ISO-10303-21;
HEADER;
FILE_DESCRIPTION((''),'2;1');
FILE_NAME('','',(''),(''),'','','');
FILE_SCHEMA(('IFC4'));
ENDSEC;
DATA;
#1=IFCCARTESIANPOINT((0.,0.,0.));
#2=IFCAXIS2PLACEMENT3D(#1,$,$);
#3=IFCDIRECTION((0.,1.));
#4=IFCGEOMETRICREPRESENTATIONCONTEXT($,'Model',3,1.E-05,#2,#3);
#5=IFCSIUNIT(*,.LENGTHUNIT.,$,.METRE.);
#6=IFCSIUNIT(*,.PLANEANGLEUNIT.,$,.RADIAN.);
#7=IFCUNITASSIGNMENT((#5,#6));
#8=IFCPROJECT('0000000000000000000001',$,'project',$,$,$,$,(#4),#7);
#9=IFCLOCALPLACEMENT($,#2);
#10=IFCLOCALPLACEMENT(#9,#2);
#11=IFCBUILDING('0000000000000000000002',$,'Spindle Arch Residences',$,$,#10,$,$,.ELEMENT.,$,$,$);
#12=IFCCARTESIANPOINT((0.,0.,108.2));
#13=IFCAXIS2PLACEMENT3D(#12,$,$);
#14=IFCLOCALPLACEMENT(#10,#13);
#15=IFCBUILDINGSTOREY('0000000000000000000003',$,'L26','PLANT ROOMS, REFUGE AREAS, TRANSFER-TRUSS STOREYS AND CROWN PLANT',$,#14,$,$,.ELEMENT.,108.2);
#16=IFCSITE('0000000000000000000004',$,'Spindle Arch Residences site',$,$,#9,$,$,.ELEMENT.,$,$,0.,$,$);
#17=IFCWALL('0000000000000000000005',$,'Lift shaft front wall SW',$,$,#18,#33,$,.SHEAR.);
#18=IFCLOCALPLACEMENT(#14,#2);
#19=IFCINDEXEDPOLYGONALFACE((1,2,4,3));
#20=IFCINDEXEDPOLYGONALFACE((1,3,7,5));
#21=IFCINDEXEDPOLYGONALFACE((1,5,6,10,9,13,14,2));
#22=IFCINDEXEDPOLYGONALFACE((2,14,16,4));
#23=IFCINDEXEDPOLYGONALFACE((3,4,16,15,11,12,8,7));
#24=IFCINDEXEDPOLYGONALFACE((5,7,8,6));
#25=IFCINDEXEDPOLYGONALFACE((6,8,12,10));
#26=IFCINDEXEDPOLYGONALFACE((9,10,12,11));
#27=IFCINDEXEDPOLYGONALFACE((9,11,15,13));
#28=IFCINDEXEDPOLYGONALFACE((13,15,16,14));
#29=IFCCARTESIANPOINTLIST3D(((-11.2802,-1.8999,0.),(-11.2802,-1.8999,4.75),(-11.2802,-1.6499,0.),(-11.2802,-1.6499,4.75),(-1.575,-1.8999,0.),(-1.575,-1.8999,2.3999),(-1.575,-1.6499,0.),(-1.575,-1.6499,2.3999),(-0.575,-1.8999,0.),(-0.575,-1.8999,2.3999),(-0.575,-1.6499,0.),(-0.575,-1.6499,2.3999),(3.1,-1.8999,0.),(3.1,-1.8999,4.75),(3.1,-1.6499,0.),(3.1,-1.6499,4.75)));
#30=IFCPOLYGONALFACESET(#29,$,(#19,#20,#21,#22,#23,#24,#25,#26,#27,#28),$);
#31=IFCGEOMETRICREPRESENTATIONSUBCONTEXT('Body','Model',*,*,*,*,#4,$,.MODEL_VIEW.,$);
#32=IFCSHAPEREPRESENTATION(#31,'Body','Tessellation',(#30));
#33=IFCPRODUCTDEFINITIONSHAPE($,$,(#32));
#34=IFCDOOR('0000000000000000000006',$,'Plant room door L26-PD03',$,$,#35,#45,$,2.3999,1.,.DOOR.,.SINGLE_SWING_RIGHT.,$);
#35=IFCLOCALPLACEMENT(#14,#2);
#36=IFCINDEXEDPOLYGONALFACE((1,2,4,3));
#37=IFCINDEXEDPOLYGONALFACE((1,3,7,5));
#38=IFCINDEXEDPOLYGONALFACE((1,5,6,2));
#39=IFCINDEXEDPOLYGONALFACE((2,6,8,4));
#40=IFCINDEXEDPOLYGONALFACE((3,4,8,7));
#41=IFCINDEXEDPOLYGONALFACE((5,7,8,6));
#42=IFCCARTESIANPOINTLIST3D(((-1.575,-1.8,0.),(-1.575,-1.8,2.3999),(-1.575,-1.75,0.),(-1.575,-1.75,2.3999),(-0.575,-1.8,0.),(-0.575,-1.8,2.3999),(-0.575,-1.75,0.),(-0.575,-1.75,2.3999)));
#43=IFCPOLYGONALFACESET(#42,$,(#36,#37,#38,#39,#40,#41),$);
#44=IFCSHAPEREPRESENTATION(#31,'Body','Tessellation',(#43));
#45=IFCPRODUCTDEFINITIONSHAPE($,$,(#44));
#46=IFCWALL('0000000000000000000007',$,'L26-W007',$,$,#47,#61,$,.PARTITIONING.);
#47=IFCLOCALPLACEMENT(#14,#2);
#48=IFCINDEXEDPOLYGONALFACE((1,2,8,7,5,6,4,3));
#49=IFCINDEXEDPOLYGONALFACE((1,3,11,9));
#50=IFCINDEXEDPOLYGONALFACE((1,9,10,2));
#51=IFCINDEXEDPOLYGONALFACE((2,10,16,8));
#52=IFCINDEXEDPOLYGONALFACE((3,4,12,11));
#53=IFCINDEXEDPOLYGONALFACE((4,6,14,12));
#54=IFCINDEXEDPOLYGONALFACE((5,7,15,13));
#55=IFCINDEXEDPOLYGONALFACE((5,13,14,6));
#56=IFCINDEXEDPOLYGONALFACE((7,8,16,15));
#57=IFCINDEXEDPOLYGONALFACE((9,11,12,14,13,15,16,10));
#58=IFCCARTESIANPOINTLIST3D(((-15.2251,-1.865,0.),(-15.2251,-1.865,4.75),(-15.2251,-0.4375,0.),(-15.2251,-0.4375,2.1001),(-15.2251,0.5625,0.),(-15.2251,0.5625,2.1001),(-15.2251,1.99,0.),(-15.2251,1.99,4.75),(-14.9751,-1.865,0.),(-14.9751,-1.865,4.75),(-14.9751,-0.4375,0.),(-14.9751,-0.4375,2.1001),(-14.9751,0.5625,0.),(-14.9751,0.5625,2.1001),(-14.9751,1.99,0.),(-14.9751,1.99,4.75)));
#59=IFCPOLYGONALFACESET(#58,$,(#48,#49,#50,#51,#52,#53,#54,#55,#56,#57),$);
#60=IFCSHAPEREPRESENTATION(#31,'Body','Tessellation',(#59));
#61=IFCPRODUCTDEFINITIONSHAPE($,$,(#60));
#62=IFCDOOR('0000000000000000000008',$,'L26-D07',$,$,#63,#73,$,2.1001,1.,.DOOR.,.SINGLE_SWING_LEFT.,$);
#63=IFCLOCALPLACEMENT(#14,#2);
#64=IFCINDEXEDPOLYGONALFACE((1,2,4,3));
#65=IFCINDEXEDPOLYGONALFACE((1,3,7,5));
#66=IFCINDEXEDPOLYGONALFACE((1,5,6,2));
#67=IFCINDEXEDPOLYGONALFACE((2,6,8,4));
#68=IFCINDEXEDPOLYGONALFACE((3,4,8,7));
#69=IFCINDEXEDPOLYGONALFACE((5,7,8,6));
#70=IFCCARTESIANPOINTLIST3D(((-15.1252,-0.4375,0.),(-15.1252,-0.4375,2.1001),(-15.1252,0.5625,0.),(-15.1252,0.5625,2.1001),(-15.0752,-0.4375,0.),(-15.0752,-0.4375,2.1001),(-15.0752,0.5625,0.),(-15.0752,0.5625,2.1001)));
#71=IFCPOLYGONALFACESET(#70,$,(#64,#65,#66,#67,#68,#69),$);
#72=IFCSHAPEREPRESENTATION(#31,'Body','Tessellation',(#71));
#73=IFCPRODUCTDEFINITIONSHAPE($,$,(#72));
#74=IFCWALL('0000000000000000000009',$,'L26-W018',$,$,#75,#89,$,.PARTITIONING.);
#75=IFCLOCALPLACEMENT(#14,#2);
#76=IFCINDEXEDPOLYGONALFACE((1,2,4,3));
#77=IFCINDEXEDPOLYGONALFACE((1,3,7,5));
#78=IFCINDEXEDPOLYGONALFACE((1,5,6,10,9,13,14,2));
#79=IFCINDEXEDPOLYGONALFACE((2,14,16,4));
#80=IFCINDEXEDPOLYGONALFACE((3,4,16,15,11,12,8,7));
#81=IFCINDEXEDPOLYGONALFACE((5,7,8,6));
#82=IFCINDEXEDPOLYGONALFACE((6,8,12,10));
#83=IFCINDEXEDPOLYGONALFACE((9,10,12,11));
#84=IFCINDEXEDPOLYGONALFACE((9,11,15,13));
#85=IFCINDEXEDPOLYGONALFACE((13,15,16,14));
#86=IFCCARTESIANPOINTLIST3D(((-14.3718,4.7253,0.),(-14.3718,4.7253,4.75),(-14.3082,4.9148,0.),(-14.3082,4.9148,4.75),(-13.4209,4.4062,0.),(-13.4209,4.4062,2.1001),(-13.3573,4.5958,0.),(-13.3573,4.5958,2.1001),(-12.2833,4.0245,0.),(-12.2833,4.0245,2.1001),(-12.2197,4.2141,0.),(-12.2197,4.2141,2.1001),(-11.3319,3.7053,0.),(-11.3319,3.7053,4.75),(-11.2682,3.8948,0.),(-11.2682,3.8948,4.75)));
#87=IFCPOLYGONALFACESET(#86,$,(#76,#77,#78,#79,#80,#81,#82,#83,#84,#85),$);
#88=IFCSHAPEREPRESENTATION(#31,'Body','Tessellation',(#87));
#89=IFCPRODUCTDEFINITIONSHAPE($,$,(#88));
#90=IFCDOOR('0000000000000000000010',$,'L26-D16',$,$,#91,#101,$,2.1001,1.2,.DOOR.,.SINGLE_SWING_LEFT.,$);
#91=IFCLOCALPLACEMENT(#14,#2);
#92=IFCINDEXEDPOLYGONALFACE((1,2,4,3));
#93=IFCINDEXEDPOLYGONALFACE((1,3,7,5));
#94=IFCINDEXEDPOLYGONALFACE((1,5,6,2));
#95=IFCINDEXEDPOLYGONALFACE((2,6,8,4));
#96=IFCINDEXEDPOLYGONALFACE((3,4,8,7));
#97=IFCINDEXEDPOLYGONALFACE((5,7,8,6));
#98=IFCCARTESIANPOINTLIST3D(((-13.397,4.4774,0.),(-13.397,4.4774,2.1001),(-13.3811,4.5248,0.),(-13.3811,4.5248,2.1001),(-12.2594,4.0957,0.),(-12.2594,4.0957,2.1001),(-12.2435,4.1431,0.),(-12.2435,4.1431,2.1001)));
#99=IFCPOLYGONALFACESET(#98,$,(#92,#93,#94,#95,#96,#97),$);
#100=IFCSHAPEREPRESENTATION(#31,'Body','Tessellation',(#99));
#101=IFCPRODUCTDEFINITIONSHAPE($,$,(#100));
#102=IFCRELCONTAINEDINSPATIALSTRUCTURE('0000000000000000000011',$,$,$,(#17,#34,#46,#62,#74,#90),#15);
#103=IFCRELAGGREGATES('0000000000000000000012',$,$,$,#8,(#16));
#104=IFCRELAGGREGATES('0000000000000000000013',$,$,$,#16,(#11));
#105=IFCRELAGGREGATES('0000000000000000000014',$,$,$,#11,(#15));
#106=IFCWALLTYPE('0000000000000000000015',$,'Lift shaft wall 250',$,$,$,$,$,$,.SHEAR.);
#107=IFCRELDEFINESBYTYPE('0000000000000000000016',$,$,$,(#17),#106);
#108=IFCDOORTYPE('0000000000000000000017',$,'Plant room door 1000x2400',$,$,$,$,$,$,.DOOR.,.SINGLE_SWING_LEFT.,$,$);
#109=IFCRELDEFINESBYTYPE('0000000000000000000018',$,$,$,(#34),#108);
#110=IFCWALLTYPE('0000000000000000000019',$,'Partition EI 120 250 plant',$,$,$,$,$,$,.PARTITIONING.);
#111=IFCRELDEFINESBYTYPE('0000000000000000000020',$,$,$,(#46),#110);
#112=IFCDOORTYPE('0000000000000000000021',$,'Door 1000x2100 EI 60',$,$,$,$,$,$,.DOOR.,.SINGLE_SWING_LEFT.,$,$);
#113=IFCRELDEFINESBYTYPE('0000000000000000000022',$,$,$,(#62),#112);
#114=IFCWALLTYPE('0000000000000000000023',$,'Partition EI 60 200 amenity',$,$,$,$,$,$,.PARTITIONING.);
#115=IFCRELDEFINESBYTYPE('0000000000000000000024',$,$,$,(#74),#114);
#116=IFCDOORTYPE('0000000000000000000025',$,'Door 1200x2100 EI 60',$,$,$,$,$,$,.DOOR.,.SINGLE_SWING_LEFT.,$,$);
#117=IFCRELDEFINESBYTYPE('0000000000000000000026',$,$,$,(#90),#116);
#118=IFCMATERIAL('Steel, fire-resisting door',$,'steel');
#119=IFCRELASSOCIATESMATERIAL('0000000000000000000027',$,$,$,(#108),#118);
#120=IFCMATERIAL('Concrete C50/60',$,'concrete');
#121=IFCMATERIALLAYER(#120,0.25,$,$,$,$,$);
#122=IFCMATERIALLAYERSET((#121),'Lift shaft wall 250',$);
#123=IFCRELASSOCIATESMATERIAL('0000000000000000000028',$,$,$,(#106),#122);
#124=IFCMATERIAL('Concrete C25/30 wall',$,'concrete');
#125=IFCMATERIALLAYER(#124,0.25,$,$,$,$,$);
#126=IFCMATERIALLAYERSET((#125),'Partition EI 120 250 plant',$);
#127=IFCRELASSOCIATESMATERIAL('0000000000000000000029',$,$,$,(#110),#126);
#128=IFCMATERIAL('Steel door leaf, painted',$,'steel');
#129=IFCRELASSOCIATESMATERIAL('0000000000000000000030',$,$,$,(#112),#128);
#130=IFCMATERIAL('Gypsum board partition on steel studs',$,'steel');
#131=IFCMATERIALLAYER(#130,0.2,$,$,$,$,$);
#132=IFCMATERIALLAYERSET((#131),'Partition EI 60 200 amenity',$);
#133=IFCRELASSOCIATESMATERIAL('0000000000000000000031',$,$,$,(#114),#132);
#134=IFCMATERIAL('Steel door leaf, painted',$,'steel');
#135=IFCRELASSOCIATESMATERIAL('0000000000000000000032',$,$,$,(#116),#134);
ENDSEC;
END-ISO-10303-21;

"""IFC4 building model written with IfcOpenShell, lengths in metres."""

from ifc_helpers import new_model, si_unit, direction, frame, frame_2d, origin, place, context, subcontext, project, spatial, rectangle, extrude, material, layer, layer_set, type_object, element, fill, save


model = new_model("IFC4")

# Units and contexts
model_context = context("Model", 3, precision=1e-05, world=origin(), true_north=direction((0.0, 1.0)))
body_context = subcontext(model_context, "Body", "Model", "MODEL_VIEW")
ifc_project = project(units=[si_unit("LENGTHUNIT", "METRE"), si_unit("PLANEANGLEUNIT", "RADIAN")], contexts=[model_context])

# Site, building, storey
site_placement = place(None, origin())
site = spatial("IfcSite", under=ifc_project, at=site_placement, Name="Spindle Arch Residences site", CompositionType="ELEMENT", RefElevation=0.0)
building_placement = place(site_placement, origin())
building = spatial("IfcBuilding", under=site, at=building_placement, Name="Spindle Arch Residences", CompositionType="ELEMENT")
storey_placement = place(building_placement, frame((0.0, 0.0, 108.2)))
storey = spatial("IfcBuildingStorey", under=building, at=storey_placement, Name="L26", Description="PLANT ROOMS, REFUGE AREAS, TRANSFER-TRUSS STOREYS AND CROWN PLANT", CompositionType="ELEMENT", Elevation=108.2)

# Shared definitions
ifc_material_1 = material(Name="Steel, fire-resisting door", Category="steel")
door_type_1 = type_object("IfcDoorType", Name="Plant room door 1000x2400", OperationType="SINGLE_SWING_LEFT", PredefinedType="DOOR", material=ifc_material_1)

# Shared definitions
ifc_material_2 = material(Name="Concrete C50/60", Category="concrete")
ifc_layer_1 = layer(ifc_material_2, 0.25)
ifc_layer_set_1 = layer_set([ifc_layer_1], Name="Lift shaft wall 250")
wall_type_1 = type_object("IfcWallType", Name="Lift shaft wall 250", PredefinedType="SHEAR", material=ifc_layer_set_1)

# Walls, openings, doors
wall_1_placement = place(storey_placement, frame((-11.28, -1.7749, 0.0), z_axis=(0.0, 0.0, 1.0), x_axis=(1.0, 0.0, 0.0)))
wall_1 = element("IfcWall", 1, at=wall_1_placement, inside=storey, type_object=wall_type_1, Name="Lift shaft front wall SW", PredefinedType="SHEAR", context=body_context, shape_type="SweptSolid", body=[
    extrude(rectangle(XDim=14.3801, YDim=0.25, at=frame_2d((7.1899, 0.0))), origin(), (0.0, 0.0, 1.0), 4.75),
])
opening_1_placement = place(wall_1_placement, frame((9.7051, 0.0, 0.0)))
opening_1 = element("IfcOpeningElement", 2, at=opening_1_placement, cuts=wall_1, PredefinedType="OPENING", context=body_context, shape_type="SweptSolid", body=[
    extrude(rectangle(XDim=1.0, YDim=2.3999, at=frame_2d((0.5, 1.2))), frame((0.0, 0.135, 0.0), z_axis=(0.0, -1.0, 0.0), x_axis=(1.0, 0.0, 0.0)), (0.0, 0.0, 1.0), 0.27),
])
door_1_placement = place(opening_1_placement, origin())
door_1 = element("IfcDoor", 3, at=door_1_placement, inside=storey, type_object=door_type_1, Name="Plant room door L26-PD03", OperationType="SINGLE_SWING_RIGHT", OverallHeight=2.3999, OverallWidth=1.0, PredefinedType="DOOR", context=body_context, shape_type="SweptSolid", body=[
    extrude(rectangle(XDim=1.0, YDim=2.3999, at=frame_2d((0.5, 1.2))), frame((0.0, 0.0249, 0.0), z_axis=(0.0, -1.0, 0.0), x_axis=(1.0, 0.0, 0.0)), (0.0, 0.0, 1.0), 0.05),
])
fill(opening_1, door_1)
ifc_material_3 = material(Name="Concrete C25/30 wall", Category="concrete")
ifc_layer_2 = layer(ifc_material_3, 0.25)
ifc_layer_set_2 = layer_set([ifc_layer_2], Name="Partition EI 120 250 plant")
wall_type_2 = type_object("IfcWallType", Name="Partition EI 120 250 plant", PredefinedType="PARTITIONING", material=ifc_layer_set_2)
wall_2_placement = place(storey_placement, frame((-15.1001, 1.99, 0.0), z_axis=(0.0, 0.0, 1.0), x_axis=(0.0, -1.0, 0.0)))
wall_2 = element("IfcWall", 4, at=wall_2_placement, inside=storey, type_object=wall_type_2, Name="L26-W007", PredefinedType="PARTITIONING", context=body_context, shape_type="SweptSolid", body=[
    extrude(rectangle(XDim=3.855, YDim=0.25, at=frame_2d((1.9275, 0.0))), origin(), (0.0, 0.0, 1.0), 4.75),
])
opening_2_placement = place(wall_2_placement, frame((1.4275, 0.0, 0.0)))
opening_2 = element("IfcOpeningElement", 5, at=opening_2_placement, cuts=wall_2, PredefinedType="OPENING", context=body_context, shape_type="SweptSolid", body=[
    extrude(rectangle(XDim=1.0, YDim=2.1001, at=frame_2d((0.5, 1.05))), frame((0.0, 0.135, 0.0), z_axis=(0.0, -1.0, 0.0), x_axis=(1.0, 0.0, 0.0)), (0.0, 0.0, 1.0), 0.27),
])
ifc_material_4 = material(Name="Steel door leaf, painted", Category="steel")
door_type_2 = type_object("IfcDoorType", Name="Door 1000x2100 EI 60", OperationType="SINGLE_SWING_LEFT", PredefinedType="DOOR", material=ifc_material_4)
door_2_placement = place(opening_2_placement, origin())
door_2 = element("IfcDoor", 6, at=door_2_placement, inside=storey, type_object=door_type_2, Name="L26-D07", OperationType="SINGLE_SWING_LEFT", OverallHeight=2.1001, OverallWidth=1.0, PredefinedType="DOOR", context=body_context, shape_type="SweptSolid", body=[
    extrude(rectangle(XDim=1.0, YDim=2.1001, at=frame_2d((0.5, 1.05))), frame((0.0, 0.0249, 0.0), z_axis=(0.0, -1.0, 0.0), x_axis=(1.0, 0.0, 0.0)), (0.0, 0.0, 1.0), 0.05),
])
fill(opening_2, door_2)
ifc_material_5 = material(Name="Gypsum board partition on steel studs", Category="steel")
ifc_layer_3 = layer(ifc_material_5, 0.2)
ifc_layer_set_3 = layer_set([ifc_layer_3], Name="Partition EI 60 200 amenity")
wall_type_3 = type_object("IfcWallType", Name="Partition EI 60 200 amenity", PredefinedType="PARTITIONING", material=ifc_layer_set_3)
wall_3_placement = place(storey_placement, frame((-11.3, 3.8, 0.0), z_axis=(0.0, 0.0, 1.0), x_axis=(-0.948057, 0.3181, 0.0)))
wall_3 = element("IfcWall", 7, at=wall_3_placement, inside=storey, type_object=wall_type_3, Name="L26-W018", PredefinedType="PARTITIONING", context=body_context, shape_type="SweptSolid", body=[
    extrude(rectangle(XDim=3.2065, YDim=0.2, at=frame_2d((1.6033, 0.0))), origin(), (0.0, 0.0, 1.0), 4.75),
])
opening_3_placement = place(wall_3_placement, frame((1.0034, 0.0, 0.0)))
opening_3 = element("IfcOpeningElement", 8, at=opening_3_placement, cuts=wall_3, PredefinedType="OPENING", context=body_context, shape_type="SweptSolid", body=[
    extrude(rectangle(XDim=1.2, YDim=2.1001, at=frame_2d((0.6001, 1.05))), frame((0.0, 0.1099, 0.0), z_axis=(0.0, -1.0, 0.0), x_axis=(1.0, 0.0, 0.0)), (0.0, 0.0, 1.0), 0.22),
])
ifc_material_6 = material(Name="Steel door leaf, painted", Category="steel")
door_type_3 = type_object("IfcDoorType", Name="Door 1200x2100 EI 60", OperationType="SINGLE_SWING_LEFT", PredefinedType="DOOR", material=ifc_material_6)
door_3_placement = place(opening_3_placement, origin())
door_3 = element("IfcDoor", 9, at=door_3_placement, inside=storey, type_object=door_type_3, Name="L26-D16", OperationType="SINGLE_SWING_LEFT", OverallHeight=2.1001, OverallWidth=1.2, PredefinedType="DOOR", context=body_context, shape_type="SweptSolid", body=[
    extrude(rectangle(XDim=1.2, YDim=2.1001, at=frame_2d((0.6001, 1.05))), frame((0.0, 0.0249, 0.0), z_axis=(0.0, -1.0, 0.0), x_axis=(1.0, 0.0, 0.0)), (0.0, 0.0, 1.0), 0.05),
])
fill(opening_3, door_3)

save(model, "model.ifc")
